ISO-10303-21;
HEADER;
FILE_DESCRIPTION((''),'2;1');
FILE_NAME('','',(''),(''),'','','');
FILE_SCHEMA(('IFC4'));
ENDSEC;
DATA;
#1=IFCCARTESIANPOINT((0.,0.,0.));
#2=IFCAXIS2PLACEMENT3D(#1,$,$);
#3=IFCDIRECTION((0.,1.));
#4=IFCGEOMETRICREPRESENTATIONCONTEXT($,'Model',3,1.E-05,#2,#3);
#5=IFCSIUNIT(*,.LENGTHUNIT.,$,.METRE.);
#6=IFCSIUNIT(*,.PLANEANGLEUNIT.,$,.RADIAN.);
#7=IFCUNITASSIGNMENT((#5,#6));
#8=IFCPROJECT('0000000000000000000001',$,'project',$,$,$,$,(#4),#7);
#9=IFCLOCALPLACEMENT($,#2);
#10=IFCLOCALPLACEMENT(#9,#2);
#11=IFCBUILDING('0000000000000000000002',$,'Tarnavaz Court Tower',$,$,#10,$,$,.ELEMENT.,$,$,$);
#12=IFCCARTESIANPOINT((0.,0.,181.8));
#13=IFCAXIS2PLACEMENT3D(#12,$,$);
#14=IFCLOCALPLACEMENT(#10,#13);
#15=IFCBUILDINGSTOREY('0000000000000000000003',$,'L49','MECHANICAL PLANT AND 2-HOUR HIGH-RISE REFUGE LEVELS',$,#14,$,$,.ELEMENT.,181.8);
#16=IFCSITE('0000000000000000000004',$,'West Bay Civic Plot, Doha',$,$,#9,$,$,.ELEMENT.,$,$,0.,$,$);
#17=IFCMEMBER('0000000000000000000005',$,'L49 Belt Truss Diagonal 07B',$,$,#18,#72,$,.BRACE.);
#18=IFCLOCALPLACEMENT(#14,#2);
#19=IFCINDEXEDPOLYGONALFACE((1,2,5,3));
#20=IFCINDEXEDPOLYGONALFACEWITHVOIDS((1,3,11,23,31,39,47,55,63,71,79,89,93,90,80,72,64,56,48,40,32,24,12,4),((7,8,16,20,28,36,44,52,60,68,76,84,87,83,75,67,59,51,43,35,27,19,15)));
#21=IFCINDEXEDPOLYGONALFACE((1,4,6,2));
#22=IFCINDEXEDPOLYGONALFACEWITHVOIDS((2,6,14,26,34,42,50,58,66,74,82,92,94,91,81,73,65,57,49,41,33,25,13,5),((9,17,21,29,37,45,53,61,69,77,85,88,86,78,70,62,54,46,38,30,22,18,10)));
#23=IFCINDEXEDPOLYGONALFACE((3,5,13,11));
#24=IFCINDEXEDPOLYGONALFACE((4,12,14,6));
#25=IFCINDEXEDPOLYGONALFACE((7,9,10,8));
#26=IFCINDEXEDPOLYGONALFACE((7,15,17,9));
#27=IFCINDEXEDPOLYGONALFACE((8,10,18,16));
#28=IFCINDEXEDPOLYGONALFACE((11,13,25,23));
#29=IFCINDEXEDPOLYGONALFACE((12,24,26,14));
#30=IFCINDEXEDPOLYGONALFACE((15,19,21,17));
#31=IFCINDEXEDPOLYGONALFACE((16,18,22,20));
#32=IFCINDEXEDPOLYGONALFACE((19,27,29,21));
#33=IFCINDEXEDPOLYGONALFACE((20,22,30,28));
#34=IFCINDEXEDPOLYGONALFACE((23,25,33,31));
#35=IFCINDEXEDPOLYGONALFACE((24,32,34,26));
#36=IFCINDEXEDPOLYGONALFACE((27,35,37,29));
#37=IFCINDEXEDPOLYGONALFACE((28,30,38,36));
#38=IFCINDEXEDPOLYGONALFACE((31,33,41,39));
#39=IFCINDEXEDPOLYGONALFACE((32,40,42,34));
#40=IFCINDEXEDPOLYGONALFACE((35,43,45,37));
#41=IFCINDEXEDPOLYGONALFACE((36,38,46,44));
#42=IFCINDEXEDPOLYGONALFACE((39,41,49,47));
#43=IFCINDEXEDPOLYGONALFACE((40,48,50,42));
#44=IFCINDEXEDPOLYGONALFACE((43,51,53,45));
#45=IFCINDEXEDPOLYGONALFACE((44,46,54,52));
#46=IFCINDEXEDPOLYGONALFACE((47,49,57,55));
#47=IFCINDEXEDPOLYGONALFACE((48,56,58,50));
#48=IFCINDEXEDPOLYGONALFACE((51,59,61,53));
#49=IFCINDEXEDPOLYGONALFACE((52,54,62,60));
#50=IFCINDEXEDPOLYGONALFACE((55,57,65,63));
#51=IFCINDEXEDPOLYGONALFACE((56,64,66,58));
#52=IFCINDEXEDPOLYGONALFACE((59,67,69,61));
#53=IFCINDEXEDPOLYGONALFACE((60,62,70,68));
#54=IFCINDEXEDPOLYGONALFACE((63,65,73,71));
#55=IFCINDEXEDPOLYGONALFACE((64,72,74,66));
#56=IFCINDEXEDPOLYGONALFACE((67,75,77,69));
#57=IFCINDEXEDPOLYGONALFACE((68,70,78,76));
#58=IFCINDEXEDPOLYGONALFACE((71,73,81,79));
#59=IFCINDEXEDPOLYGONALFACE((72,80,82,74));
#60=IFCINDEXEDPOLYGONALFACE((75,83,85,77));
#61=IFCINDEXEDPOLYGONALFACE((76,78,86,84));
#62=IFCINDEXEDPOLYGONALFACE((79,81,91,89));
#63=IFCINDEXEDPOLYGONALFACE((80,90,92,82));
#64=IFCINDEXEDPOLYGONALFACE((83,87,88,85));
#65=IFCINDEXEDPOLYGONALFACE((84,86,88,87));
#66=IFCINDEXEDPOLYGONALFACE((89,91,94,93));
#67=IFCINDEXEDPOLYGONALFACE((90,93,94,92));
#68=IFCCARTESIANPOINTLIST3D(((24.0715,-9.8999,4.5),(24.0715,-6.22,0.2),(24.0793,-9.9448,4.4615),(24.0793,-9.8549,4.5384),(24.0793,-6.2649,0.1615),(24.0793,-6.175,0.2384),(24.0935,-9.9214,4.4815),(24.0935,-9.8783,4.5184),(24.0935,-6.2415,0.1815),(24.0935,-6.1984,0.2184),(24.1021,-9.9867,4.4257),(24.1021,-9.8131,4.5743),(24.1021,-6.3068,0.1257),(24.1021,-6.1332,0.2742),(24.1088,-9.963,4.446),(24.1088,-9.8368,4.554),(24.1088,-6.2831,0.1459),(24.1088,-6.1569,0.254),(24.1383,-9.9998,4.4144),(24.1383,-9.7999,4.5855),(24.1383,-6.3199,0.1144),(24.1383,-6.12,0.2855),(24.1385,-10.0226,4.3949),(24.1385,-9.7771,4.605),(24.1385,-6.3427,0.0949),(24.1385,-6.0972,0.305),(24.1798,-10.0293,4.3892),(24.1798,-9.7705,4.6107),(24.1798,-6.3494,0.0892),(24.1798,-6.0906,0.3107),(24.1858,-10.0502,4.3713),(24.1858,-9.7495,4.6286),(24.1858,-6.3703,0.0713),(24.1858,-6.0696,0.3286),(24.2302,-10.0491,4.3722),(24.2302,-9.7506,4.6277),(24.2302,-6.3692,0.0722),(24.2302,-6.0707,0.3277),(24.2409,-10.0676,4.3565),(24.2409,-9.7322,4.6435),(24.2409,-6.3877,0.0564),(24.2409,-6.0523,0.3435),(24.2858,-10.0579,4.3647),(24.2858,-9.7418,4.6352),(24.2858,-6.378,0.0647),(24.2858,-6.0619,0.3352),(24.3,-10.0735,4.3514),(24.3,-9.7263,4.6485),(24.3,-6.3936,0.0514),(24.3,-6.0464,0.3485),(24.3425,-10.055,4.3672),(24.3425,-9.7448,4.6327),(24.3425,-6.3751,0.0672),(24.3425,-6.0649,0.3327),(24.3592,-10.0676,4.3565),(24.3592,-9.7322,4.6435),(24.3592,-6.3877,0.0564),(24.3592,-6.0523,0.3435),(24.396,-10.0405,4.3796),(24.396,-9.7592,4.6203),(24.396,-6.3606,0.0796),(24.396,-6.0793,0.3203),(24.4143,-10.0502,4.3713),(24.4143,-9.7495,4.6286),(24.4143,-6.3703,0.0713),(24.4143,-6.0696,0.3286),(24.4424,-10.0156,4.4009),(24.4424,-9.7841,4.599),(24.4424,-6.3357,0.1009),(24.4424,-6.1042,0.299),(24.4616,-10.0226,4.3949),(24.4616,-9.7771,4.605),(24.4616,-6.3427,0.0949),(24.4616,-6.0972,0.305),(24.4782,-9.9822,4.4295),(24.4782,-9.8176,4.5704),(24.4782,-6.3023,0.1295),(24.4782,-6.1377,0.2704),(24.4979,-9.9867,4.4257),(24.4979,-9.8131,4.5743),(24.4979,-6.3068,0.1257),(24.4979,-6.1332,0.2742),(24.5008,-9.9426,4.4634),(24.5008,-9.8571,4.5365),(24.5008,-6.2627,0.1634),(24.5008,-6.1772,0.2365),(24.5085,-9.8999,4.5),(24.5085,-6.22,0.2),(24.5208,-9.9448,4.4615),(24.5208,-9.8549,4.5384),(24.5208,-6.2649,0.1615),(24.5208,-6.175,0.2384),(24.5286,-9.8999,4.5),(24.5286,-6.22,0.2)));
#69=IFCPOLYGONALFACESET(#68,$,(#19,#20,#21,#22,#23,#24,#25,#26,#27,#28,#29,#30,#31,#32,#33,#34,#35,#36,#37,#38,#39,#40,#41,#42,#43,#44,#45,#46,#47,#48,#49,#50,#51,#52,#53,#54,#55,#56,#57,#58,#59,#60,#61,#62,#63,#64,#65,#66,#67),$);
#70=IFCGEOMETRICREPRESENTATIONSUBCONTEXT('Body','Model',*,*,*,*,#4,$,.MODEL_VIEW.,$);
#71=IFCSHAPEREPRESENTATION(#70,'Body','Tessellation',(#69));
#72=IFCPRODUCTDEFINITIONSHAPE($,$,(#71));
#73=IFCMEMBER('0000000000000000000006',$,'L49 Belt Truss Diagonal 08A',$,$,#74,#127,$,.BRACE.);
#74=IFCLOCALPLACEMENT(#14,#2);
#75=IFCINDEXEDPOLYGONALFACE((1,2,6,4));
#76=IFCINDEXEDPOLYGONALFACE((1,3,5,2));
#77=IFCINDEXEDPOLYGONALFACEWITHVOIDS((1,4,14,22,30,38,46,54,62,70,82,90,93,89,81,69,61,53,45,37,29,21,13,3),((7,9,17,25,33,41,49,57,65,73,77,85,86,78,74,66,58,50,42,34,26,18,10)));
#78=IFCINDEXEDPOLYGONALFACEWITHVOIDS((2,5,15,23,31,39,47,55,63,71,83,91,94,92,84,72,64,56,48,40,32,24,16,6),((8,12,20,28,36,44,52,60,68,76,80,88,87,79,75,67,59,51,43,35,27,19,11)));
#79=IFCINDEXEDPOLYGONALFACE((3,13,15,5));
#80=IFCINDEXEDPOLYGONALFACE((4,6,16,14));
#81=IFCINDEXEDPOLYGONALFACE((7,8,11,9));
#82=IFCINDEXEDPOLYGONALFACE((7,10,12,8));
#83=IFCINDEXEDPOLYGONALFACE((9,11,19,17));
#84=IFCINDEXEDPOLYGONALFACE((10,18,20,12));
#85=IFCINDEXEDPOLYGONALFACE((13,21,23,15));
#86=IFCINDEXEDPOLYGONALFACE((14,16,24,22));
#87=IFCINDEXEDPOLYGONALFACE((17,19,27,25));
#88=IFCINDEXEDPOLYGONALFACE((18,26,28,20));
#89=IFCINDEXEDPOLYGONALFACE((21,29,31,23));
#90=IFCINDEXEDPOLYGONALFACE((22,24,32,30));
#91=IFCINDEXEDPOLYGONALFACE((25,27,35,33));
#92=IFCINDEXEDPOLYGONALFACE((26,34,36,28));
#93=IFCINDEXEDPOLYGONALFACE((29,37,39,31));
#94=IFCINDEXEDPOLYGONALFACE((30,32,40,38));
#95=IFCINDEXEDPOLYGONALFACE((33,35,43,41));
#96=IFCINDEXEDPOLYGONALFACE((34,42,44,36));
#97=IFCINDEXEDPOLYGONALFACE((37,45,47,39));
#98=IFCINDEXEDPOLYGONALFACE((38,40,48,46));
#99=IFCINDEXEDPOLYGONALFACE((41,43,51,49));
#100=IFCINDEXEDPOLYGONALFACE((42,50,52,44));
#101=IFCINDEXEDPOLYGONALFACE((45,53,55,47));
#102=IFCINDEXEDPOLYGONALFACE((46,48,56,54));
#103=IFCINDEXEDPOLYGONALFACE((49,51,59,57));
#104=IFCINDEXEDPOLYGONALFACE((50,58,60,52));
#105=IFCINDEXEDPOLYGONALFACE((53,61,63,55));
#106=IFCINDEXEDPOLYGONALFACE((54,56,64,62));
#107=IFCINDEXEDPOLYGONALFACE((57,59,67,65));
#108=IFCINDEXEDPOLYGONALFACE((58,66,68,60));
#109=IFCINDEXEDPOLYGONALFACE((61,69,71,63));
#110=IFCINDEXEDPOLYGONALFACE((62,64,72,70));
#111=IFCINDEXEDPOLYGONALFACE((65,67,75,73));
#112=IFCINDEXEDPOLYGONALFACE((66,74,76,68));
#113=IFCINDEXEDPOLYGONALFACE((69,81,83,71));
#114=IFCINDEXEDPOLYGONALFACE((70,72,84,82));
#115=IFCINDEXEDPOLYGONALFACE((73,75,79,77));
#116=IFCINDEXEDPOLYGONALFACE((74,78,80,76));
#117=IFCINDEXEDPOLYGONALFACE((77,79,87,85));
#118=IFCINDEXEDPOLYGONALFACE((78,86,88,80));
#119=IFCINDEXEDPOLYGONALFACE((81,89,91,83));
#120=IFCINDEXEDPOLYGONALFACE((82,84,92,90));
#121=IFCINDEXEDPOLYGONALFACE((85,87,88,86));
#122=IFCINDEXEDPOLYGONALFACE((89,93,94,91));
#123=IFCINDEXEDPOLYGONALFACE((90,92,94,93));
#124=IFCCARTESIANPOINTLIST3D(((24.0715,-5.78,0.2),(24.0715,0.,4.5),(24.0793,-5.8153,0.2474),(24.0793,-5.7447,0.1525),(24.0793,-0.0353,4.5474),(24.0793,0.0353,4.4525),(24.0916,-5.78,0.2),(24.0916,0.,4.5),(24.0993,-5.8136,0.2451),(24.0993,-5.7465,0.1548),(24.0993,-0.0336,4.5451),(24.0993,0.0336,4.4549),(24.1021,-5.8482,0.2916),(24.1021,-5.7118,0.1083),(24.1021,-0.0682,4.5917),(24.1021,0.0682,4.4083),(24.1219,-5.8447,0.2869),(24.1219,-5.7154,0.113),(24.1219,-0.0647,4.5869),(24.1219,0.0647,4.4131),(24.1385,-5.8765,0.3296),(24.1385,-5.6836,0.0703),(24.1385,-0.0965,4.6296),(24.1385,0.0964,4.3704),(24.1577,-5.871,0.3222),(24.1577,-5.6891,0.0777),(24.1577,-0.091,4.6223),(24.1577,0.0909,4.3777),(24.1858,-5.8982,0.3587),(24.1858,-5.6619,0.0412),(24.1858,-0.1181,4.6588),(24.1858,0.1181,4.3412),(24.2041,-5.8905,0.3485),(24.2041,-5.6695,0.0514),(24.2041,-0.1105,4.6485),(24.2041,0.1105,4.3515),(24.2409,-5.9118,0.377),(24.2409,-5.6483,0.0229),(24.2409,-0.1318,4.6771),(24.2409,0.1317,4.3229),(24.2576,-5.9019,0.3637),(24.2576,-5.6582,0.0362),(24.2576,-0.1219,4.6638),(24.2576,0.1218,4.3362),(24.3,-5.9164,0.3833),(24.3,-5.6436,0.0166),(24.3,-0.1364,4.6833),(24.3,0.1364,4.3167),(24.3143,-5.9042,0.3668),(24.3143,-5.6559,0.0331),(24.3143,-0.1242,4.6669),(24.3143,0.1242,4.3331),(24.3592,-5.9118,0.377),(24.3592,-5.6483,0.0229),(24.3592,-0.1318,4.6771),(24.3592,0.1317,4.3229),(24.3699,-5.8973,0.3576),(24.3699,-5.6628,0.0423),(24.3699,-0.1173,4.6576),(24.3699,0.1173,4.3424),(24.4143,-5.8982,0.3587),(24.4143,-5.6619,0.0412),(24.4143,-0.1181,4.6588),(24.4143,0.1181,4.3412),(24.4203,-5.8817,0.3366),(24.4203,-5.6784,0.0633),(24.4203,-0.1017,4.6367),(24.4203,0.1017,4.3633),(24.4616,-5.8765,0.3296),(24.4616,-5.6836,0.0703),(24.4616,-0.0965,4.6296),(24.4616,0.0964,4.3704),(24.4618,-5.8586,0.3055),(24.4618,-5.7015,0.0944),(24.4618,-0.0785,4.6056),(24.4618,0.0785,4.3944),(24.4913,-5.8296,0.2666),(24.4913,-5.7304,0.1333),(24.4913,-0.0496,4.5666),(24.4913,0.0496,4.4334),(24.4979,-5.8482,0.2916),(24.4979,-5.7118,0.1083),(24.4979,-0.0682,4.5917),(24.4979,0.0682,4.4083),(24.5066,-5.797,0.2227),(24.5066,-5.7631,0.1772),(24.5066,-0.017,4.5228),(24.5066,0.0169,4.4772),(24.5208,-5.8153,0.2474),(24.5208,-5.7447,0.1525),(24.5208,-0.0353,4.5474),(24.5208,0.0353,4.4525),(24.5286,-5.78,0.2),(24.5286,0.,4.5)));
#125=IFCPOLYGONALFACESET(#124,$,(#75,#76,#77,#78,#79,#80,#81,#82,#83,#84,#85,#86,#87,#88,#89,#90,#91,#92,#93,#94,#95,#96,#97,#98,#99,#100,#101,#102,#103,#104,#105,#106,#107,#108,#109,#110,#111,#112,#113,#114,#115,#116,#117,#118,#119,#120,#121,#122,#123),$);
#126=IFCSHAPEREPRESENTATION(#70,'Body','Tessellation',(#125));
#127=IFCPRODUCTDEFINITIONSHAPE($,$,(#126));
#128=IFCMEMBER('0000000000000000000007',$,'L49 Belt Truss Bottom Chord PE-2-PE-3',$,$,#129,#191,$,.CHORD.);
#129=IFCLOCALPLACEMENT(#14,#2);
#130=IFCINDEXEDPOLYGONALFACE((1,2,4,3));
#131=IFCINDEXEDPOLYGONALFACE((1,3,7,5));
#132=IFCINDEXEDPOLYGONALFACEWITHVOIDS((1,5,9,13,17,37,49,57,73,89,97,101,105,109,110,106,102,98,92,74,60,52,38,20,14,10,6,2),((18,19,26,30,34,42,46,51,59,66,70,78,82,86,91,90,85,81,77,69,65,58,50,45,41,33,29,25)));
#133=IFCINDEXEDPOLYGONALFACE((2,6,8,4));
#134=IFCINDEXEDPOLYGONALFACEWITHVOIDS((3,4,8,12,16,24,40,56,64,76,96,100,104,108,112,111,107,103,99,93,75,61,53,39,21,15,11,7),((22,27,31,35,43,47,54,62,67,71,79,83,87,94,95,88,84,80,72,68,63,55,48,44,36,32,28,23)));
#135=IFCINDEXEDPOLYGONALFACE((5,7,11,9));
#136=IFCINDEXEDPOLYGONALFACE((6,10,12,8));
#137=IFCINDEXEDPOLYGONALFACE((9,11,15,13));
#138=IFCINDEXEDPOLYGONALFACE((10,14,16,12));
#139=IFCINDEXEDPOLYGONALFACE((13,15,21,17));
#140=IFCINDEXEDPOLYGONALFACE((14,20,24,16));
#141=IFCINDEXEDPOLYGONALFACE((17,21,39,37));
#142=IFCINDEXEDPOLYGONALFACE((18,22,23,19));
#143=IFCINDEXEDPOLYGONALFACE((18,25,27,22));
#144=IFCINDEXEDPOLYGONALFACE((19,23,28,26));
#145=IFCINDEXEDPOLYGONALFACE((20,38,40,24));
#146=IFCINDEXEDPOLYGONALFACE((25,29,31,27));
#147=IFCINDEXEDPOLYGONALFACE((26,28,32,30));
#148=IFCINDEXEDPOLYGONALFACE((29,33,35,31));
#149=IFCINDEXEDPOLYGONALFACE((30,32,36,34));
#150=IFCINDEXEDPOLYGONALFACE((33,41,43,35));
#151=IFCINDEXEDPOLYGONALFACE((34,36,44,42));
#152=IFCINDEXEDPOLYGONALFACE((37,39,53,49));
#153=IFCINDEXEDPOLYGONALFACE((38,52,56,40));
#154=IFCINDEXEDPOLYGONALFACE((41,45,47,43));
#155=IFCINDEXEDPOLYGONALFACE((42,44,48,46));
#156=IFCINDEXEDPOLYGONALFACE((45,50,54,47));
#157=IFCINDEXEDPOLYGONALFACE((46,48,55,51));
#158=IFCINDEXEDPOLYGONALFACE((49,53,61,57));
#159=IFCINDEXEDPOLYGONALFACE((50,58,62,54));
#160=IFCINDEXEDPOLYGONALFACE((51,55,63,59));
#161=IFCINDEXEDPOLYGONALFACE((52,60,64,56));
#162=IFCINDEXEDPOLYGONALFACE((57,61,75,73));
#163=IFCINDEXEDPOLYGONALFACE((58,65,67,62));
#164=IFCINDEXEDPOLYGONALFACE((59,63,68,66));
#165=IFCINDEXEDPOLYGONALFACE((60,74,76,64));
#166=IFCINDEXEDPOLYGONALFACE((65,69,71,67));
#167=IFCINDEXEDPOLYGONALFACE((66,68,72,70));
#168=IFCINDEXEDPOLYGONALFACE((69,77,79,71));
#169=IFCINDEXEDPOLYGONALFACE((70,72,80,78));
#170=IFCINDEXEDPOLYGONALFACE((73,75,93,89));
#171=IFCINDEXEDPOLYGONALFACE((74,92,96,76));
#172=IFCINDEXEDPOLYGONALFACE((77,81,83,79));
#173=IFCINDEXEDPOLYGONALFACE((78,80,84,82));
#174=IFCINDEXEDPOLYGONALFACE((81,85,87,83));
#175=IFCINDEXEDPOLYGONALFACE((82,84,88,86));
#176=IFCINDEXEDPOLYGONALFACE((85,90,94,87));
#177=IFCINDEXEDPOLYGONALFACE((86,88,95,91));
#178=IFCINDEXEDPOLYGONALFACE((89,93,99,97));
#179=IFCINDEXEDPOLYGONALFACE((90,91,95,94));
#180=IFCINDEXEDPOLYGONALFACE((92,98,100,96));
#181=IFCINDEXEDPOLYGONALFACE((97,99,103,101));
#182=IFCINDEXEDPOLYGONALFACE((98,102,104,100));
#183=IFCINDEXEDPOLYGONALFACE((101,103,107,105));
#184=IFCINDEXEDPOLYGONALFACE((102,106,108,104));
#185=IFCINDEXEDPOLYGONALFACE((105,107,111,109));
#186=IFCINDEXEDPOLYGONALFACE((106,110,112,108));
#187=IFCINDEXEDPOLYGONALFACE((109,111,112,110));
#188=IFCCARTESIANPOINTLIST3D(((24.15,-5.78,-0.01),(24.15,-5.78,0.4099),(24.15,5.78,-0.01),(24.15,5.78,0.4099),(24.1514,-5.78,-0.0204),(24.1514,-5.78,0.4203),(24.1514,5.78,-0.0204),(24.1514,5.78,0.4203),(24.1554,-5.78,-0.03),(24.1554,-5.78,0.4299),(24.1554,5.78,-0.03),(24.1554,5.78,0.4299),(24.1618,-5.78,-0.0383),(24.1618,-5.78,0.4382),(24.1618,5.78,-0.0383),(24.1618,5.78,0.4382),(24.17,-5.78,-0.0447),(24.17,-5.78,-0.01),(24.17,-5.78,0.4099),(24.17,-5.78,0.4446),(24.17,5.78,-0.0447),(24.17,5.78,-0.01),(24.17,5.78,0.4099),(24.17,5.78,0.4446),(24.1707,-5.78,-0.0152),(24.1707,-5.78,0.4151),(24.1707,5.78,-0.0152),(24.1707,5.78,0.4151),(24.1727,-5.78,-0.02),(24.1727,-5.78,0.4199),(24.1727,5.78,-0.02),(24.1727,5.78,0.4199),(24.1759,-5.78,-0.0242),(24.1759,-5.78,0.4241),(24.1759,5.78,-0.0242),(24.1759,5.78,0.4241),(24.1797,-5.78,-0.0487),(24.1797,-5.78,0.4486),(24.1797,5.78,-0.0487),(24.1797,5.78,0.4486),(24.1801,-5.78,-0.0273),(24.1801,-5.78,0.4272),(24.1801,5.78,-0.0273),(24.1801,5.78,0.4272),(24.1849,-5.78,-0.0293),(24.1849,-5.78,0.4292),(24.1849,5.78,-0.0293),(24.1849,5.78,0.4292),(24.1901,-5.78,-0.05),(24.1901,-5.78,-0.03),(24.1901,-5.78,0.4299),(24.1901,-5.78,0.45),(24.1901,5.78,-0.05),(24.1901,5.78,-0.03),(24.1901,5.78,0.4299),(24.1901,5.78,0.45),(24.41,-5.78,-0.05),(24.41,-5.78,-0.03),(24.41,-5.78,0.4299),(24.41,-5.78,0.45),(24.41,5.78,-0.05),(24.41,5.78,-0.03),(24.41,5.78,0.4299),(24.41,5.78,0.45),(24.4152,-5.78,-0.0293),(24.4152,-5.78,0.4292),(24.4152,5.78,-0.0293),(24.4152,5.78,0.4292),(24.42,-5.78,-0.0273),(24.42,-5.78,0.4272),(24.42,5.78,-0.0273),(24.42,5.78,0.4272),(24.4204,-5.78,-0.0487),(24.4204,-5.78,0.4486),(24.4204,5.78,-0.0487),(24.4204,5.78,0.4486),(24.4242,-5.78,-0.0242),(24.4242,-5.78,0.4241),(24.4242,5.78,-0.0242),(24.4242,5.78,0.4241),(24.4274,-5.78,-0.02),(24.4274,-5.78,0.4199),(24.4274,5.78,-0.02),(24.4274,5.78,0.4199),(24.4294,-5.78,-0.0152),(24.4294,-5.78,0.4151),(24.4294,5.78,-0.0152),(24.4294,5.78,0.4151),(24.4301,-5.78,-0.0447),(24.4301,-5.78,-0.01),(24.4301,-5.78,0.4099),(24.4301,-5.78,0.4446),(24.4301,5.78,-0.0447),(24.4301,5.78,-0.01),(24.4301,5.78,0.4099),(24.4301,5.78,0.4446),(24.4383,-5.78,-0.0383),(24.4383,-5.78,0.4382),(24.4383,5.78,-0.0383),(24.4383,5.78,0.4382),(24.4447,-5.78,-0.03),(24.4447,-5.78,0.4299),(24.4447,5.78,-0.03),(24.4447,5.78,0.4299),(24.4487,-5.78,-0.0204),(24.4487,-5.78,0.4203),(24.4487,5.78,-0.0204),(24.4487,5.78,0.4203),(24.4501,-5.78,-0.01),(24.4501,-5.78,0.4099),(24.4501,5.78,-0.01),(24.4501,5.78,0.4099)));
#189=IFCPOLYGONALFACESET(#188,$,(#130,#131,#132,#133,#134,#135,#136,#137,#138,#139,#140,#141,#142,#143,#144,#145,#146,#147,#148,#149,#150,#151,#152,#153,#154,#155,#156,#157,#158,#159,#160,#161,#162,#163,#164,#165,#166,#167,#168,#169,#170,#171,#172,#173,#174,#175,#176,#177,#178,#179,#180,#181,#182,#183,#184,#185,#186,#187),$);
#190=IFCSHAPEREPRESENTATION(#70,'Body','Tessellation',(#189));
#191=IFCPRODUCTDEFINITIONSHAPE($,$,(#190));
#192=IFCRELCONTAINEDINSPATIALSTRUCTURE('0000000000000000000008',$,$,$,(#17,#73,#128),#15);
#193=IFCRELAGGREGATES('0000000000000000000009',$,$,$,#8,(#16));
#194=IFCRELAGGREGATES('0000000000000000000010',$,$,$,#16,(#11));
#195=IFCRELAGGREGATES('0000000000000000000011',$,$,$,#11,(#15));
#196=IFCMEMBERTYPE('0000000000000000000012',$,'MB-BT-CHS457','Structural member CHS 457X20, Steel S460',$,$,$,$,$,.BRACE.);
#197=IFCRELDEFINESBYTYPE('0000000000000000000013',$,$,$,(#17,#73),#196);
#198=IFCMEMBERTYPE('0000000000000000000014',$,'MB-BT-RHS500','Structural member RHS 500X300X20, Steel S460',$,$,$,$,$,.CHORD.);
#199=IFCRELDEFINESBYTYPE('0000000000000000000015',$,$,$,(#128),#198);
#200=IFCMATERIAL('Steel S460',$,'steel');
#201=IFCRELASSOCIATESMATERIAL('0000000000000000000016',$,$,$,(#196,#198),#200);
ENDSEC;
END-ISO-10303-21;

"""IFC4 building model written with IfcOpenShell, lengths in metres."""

from ifc_helpers import new_model, si_unit, direction, frame, origin, origin_2d, place, context, subcontext, project, spatial, hollow_rectangle, hollow_circle, extrude, material, material_profile, profile_set, type_object, element, save


model = new_model("IFC4")

# Units and contexts
model_context = context("Model", 3, precision=1e-05, world=origin(), true_north=direction((0.0, 1.0)))
body_context = subcontext(model_context, "Body", "Model", "MODEL_VIEW")
ifc_project = project(units=[si_unit("LENGTHUNIT", "METRE"), si_unit("PLANEANGLEUNIT", "RADIAN")], contexts=[model_context])

# Site, building, storey
site_placement = place(None, origin())
site = spatial("IfcSite", under=ifc_project, at=site_placement, Name="West Bay Civic Plot, Doha", CompositionType="ELEMENT", RefElevation=0.0)
building_placement = place(site_placement, origin())
building = spatial("IfcBuilding", under=site, at=building_placement, Name="Tarnavaz Court Tower", CompositionType="ELEMENT")
storey_placement = place(building_placement, frame((0.0, 0.0, 181.8)))
storey = spatial("IfcBuildingStorey", under=building, at=storey_placement, Name="L49", Description="MECHANICAL PLANT AND 2-HOUR HIGH-RISE REFUGE LEVELS", CompositionType="ELEMENT", Elevation=181.8)

# Shared definitions
ifc_material_1 = material(Name="Steel S460", Category="steel")

# Members
ifc_material_profile_1 = material_profile(ifc_material_1, hollow_circle(Radius=0.2285, WallThickness=0.02, at=origin_2d()), Name="CHS 457X20")
ifc_profile_set_1 = profile_set([ifc_material_profile_1], Name="Steel S460")
member_type_1 = type_object("IfcMemberType", Name="MB-BT-CHS457", Description="Structural member CHS 457X20, Steel S460", PredefinedType="BRACE", material=ifc_profile_set_1)
member_1_placement = place(storey_placement, frame((24.3, -6.22, 0.2), z_axis=(0.0, -0.650198, 0.759765), x_axis=(1.0, 0.0, 0.0)))
element("IfcMember", 1, at=member_1_placement, inside=storey, type_object=member_type_1, Name="L49 Belt Truss Diagonal 07B", PredefinedType="BRACE", context=body_context, shape_type="SweptSolid", body=[
    extrude(hollow_circle(Radius=0.2285, WallThickness=0.02, at=origin_2d()), origin(), (0.0, 0.0, 1.0), 5.6597),
])
member_2_placement = place(storey_placement, frame((24.3, -5.78, 0.2), z_axis=(0.0, 0.802324, 0.596889), x_axis=(-1.0, 0.0, 0.0)))
element("IfcMember", 2, at=member_2_placement, inside=storey, type_object=member_type_1, Name="L49 Belt Truss Diagonal 08A", PredefinedType="BRACE", context=body_context, shape_type="SweptSolid", body=[
    extrude(hollow_circle(Radius=0.2285, WallThickness=0.02, at=origin_2d()), origin(), (0.0, 0.0, 1.0), 7.2041),
])
ifc_material_profile_2 = material_profile(ifc_material_1, hollow_rectangle(XDim=0.3, YDim=0.5, WallThickness=0.02, InnerFilletRadius=0.02, OuterFilletRadius=0.04, at=origin_2d()), Name="RHS 500X300X20")
ifc_profile_set_2 = profile_set([ifc_material_profile_2], Name="Steel S460")
member_type_2 = type_object("IfcMemberType", Name="MB-BT-RHS500", Description="Structural member RHS 500X300X20, Steel S460", PredefinedType="CHORD", material=ifc_profile_set_2)
member_3_placement = place(storey_placement, frame((24.3, -5.78, 0.2), z_axis=(0.0, 1.0, 0.0), x_axis=(-1.0, 0.0, 0.0)))
element("IfcMember", 3, at=member_3_placement, inside=storey, type_object=member_type_2, Name="L49 Belt Truss Bottom Chord PE-2-PE-3", PredefinedType="CHORD", context=body_context, shape_type="SweptSolid", body=[
    extrude(hollow_rectangle(XDim=0.3, YDim=0.5, WallThickness=0.02, InnerFilletRadius=0.02, OuterFilletRadius=0.04, at=origin_2d()), origin(), (0.0, 0.0, 1.0), 11.5601),
])

save(model, "model.ifc")
